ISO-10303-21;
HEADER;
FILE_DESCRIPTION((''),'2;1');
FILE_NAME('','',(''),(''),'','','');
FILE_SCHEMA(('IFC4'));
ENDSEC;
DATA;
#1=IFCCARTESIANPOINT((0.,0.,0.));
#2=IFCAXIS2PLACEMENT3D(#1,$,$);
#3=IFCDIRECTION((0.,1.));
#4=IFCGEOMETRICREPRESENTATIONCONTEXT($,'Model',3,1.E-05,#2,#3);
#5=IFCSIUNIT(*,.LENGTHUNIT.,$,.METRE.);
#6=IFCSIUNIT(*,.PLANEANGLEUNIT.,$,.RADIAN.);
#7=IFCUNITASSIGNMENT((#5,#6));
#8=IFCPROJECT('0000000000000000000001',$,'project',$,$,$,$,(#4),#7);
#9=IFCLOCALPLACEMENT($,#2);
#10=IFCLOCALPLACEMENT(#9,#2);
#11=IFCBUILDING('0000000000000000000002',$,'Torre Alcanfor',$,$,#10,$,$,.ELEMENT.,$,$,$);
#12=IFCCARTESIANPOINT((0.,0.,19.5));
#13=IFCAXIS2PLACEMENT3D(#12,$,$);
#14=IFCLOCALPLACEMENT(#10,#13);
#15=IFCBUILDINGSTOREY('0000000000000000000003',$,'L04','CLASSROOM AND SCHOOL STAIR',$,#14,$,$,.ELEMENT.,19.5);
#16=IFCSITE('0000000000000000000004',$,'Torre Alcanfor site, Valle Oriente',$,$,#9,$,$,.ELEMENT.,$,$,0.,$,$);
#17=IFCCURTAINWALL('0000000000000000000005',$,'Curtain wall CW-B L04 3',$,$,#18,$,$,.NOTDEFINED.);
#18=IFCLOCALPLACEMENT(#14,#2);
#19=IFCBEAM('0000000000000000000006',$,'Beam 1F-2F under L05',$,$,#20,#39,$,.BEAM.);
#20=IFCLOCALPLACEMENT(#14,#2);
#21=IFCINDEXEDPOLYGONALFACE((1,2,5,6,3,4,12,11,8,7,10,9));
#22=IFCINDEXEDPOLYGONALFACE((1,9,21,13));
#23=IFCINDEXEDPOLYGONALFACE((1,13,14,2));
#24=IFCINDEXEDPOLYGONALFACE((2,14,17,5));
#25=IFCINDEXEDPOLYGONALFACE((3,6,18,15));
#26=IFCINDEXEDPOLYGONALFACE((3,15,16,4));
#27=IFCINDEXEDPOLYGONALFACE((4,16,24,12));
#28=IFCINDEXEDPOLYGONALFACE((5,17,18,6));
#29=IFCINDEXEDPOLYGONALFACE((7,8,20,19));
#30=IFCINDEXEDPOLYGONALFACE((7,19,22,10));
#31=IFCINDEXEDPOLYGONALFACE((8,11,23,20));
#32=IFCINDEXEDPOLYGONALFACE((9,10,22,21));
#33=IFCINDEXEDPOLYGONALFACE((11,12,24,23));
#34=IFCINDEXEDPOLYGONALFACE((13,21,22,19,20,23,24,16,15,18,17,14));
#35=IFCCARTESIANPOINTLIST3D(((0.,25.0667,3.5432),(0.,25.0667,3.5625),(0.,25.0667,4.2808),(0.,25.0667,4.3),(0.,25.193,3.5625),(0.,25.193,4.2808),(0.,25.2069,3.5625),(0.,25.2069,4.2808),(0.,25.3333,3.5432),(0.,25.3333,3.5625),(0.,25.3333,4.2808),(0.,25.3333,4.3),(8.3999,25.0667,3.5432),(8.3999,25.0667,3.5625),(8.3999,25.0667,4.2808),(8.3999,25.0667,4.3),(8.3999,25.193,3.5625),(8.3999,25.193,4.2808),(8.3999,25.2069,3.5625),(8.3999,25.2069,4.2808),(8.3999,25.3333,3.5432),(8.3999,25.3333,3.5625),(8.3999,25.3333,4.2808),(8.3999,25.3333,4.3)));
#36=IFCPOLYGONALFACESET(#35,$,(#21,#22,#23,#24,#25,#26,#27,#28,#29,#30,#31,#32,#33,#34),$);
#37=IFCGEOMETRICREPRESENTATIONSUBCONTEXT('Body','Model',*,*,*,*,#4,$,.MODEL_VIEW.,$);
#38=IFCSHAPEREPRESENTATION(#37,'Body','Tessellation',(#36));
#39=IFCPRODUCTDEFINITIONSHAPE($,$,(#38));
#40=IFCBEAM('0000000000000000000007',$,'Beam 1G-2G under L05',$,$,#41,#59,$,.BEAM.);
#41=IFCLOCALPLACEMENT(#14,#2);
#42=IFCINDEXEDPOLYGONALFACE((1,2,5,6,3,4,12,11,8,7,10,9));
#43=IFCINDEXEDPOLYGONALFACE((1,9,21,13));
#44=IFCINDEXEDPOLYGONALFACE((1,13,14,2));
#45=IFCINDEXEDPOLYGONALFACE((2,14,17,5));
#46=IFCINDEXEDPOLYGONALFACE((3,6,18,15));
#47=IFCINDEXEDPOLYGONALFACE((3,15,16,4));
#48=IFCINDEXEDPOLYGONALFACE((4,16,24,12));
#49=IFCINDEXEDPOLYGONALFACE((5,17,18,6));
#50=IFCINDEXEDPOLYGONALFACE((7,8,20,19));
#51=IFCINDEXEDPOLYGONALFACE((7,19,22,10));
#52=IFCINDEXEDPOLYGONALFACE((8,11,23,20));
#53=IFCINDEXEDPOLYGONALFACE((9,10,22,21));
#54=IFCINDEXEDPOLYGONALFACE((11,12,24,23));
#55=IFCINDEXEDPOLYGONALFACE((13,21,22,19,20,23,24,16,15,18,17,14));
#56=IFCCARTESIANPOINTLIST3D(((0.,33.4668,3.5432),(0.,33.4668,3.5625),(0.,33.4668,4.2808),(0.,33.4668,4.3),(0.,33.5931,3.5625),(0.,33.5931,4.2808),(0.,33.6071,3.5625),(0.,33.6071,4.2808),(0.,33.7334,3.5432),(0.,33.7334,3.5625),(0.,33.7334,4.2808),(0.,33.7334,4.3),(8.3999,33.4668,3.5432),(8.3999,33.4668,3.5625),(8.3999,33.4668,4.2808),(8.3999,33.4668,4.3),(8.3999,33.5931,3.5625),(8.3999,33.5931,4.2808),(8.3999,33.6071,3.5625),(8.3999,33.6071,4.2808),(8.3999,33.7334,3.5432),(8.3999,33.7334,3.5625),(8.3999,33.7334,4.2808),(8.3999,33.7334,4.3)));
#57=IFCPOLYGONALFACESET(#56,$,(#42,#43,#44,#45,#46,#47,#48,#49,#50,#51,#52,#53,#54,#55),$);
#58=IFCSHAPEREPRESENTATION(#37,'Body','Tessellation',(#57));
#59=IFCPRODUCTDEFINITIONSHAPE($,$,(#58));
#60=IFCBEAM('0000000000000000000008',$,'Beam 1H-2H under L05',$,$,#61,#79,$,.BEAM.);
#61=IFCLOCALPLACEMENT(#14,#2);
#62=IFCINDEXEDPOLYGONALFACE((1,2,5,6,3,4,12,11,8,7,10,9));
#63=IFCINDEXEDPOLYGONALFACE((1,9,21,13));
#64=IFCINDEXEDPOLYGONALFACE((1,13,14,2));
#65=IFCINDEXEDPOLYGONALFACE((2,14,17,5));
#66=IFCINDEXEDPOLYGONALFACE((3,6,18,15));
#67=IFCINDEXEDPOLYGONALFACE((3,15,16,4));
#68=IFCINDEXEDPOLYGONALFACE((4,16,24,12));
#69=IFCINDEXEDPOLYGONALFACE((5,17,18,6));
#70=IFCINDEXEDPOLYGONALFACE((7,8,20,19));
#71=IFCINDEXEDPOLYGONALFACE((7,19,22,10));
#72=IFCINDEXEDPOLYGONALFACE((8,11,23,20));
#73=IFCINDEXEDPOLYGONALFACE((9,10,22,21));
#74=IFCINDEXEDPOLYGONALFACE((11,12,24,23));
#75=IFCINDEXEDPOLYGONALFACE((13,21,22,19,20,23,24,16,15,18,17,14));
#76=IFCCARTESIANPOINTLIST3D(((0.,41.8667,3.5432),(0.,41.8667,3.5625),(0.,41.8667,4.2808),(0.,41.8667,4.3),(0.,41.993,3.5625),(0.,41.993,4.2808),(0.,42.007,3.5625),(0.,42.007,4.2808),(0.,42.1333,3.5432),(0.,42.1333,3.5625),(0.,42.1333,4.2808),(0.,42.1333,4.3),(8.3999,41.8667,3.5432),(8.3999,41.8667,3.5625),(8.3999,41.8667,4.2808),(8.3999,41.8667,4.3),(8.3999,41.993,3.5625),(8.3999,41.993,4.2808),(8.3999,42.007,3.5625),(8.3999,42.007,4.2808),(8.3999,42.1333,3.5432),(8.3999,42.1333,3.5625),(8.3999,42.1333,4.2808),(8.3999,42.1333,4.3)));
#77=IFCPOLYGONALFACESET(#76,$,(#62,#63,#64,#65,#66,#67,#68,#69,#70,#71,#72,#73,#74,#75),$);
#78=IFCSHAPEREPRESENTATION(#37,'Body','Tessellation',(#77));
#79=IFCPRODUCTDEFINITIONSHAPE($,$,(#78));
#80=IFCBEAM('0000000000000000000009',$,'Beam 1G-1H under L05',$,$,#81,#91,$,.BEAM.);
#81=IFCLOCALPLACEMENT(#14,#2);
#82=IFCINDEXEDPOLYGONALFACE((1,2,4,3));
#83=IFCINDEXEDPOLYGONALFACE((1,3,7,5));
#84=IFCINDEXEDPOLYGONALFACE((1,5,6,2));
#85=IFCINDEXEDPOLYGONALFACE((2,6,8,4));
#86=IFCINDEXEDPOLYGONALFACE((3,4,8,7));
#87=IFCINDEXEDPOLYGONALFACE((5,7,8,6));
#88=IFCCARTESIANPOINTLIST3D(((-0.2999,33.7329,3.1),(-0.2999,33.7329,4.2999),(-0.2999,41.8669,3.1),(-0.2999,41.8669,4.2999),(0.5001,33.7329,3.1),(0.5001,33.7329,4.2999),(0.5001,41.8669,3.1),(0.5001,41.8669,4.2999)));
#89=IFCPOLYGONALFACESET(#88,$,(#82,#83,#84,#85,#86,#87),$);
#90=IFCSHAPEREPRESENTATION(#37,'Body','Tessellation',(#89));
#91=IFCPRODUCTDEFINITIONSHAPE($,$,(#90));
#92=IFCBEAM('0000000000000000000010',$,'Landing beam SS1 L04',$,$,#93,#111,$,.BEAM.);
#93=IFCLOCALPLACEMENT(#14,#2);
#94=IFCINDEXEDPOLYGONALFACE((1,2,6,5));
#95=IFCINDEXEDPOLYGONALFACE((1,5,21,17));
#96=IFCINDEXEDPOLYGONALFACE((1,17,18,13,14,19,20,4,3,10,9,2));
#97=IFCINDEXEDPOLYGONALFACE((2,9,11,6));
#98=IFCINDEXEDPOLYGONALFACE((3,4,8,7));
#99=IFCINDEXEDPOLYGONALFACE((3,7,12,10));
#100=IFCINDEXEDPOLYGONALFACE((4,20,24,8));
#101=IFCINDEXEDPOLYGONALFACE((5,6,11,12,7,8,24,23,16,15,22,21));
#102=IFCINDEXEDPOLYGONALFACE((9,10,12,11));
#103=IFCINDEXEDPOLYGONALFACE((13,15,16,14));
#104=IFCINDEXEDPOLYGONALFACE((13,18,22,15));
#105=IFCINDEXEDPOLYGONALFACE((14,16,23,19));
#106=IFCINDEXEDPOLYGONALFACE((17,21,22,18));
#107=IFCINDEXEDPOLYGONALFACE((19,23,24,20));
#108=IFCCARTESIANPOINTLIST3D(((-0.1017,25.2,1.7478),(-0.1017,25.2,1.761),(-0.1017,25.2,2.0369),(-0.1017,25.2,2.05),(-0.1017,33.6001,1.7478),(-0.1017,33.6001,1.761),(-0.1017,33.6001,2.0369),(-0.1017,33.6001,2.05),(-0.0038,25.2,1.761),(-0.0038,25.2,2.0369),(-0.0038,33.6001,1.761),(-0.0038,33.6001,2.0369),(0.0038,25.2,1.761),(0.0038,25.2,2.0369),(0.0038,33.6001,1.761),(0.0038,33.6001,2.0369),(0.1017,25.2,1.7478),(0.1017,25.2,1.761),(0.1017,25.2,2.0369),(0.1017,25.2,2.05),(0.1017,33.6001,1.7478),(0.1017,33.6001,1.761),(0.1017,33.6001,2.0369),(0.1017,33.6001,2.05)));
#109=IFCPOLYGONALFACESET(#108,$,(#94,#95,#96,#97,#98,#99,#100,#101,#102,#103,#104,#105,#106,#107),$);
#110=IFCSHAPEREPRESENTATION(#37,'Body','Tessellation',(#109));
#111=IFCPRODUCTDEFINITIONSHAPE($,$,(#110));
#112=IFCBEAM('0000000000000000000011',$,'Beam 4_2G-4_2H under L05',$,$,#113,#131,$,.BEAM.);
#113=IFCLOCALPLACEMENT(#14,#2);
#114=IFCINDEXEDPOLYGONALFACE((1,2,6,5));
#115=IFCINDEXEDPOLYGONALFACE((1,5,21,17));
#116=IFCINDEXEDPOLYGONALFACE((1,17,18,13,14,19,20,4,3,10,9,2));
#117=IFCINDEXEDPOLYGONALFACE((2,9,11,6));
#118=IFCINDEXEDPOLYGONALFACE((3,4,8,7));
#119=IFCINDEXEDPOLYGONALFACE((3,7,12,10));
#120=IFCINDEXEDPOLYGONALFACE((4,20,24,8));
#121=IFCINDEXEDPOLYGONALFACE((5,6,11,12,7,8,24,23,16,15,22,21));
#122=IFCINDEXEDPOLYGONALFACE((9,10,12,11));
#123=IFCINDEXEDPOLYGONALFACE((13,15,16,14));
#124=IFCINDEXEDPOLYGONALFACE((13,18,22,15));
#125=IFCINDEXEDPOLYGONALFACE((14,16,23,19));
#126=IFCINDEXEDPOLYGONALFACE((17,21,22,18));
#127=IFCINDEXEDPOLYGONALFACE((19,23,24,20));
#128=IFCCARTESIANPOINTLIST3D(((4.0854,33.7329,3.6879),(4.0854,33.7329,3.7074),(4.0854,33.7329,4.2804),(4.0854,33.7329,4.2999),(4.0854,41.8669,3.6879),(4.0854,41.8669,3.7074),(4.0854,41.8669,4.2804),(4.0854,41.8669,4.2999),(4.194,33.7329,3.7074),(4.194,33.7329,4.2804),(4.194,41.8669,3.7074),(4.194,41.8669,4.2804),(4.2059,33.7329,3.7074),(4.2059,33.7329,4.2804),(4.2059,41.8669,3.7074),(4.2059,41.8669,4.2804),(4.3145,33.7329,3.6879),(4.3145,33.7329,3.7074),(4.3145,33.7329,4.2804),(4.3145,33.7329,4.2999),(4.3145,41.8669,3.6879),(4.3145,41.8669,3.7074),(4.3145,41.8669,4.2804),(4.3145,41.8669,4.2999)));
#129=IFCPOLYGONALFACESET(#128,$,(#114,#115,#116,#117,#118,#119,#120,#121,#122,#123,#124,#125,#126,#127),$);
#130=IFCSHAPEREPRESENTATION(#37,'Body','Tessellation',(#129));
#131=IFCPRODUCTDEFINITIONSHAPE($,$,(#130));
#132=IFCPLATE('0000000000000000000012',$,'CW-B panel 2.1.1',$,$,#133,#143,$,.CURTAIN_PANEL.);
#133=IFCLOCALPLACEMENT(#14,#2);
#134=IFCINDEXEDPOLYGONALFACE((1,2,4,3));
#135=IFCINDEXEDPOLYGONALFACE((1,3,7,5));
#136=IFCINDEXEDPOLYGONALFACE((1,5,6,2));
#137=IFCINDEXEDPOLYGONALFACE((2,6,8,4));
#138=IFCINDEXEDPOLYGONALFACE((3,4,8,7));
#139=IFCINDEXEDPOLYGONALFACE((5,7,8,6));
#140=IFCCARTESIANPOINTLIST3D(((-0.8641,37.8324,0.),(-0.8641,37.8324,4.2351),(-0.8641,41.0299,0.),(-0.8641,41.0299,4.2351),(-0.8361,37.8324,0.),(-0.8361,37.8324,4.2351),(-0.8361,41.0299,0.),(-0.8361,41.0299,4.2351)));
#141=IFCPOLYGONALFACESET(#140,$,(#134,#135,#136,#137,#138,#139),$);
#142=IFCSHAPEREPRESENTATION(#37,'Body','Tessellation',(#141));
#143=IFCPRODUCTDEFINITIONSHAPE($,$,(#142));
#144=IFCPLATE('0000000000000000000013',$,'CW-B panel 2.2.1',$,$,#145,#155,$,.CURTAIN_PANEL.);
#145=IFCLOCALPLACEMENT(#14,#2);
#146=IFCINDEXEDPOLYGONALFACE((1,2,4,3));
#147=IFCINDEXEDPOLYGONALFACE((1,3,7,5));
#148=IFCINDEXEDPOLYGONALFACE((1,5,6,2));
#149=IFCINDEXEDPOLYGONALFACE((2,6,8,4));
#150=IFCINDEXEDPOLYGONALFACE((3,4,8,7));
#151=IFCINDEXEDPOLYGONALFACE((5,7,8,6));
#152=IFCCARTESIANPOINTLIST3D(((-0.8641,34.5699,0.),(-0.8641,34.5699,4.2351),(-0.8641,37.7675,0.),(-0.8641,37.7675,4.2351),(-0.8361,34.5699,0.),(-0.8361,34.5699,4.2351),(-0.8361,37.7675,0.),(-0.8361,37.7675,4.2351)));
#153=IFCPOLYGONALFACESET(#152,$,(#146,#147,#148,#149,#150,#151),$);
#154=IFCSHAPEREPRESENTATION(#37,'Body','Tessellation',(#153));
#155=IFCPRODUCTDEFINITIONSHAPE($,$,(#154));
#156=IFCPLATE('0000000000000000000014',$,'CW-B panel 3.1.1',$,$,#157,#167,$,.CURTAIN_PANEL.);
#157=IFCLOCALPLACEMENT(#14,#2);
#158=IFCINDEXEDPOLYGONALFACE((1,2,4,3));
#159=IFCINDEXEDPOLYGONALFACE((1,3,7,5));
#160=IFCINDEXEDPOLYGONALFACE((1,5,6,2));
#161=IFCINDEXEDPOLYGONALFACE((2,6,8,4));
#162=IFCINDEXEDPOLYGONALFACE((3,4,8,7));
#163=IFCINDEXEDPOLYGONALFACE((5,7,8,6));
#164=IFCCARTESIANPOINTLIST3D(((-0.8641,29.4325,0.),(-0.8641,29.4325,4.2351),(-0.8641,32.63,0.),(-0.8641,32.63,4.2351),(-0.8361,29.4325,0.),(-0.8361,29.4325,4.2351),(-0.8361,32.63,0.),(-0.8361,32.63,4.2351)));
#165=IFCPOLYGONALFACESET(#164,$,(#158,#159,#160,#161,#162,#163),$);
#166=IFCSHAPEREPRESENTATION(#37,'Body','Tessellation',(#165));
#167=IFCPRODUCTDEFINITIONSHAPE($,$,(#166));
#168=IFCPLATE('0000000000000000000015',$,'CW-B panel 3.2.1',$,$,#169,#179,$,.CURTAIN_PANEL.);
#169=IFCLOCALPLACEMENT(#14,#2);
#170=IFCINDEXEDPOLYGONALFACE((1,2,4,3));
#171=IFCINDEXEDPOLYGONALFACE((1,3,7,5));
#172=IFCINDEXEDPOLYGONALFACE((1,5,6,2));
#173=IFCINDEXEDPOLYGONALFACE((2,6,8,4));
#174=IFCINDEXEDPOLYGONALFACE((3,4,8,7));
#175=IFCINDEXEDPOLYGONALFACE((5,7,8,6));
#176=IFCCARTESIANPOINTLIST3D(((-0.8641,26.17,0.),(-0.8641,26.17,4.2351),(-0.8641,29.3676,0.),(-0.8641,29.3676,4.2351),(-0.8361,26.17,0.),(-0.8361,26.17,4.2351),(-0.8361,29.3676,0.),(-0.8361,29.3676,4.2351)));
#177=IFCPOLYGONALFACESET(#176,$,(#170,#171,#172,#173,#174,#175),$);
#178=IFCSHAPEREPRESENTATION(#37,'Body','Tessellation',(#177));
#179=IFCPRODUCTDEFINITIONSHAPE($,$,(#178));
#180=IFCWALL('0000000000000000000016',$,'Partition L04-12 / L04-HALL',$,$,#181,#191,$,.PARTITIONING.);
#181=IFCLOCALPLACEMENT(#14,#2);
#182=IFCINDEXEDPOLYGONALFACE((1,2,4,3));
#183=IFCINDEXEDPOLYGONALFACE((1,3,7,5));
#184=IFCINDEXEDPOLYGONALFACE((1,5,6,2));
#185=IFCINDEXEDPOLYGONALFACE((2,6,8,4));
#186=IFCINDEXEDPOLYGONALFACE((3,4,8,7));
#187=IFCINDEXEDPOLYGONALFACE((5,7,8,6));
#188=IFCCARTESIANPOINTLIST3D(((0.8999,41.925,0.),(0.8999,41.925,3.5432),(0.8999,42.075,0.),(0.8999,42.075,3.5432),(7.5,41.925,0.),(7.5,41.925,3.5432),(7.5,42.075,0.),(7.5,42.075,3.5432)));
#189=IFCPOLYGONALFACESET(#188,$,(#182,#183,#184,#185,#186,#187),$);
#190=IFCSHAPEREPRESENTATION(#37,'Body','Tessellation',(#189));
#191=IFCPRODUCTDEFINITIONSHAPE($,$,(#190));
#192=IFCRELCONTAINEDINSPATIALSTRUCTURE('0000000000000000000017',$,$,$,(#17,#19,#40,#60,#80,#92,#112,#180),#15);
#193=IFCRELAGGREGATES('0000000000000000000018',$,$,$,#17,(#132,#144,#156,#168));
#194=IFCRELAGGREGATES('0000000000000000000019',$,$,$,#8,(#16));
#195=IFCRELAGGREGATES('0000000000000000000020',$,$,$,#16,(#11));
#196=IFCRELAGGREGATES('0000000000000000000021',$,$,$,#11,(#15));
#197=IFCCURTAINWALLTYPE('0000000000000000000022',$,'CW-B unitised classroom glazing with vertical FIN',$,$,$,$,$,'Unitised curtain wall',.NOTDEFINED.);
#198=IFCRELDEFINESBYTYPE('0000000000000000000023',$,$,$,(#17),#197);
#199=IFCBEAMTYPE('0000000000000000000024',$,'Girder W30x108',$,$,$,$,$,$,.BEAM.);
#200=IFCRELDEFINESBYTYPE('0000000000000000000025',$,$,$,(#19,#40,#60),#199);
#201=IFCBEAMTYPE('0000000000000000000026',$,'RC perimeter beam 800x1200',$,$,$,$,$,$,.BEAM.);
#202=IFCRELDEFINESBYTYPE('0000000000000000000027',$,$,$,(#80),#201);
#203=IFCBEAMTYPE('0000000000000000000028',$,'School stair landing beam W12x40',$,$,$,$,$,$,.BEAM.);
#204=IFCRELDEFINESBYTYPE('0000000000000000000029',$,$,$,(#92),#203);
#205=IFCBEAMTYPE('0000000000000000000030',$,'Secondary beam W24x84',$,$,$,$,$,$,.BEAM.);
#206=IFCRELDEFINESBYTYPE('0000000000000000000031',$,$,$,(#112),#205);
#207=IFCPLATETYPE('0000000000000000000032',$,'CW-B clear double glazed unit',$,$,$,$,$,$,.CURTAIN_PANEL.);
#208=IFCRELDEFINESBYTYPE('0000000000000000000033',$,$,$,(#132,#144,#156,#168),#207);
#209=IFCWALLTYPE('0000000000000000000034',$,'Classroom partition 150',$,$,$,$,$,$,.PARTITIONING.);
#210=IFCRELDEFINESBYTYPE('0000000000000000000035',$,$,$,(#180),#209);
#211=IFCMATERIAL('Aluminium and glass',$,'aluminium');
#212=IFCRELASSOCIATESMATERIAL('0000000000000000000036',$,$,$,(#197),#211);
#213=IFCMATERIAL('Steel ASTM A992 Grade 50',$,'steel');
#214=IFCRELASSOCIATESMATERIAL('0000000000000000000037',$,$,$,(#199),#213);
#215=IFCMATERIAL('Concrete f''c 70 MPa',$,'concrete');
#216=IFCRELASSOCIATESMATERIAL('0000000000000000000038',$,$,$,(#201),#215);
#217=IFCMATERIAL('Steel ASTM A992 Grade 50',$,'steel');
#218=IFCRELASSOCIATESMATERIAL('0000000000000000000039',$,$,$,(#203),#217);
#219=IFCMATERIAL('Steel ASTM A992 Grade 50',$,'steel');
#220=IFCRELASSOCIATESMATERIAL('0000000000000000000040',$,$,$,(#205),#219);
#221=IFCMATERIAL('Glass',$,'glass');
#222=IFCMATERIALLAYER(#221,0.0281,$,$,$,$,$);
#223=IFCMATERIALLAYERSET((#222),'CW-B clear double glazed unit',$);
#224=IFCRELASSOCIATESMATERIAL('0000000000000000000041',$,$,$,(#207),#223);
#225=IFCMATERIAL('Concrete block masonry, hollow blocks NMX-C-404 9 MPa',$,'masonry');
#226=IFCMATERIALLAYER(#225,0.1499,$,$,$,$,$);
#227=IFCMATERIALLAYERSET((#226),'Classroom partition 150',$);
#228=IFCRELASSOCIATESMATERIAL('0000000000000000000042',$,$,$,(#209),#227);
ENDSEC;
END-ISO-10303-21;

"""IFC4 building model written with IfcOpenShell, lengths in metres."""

from ifc_helpers import new_model, si_unit, direction, frame, frame_2d, origin, origin_2d, place, context, subcontext, project, spatial, rectangle, i_section, extrude, material, layer, layer_set, material_profile, profile_set, type_object, element, aggregate, save


model = new_model("IFC4")

# Units and contexts
model_context = context("Model", 3, precision=1e-05, world=origin(), true_north=direction((0.0, 1.0)))
body_context = subcontext(model_context, "Body", "Model", "MODEL_VIEW")
ifc_project = project(units=[si_unit("LENGTHUNIT", "METRE"), si_unit("PLANEANGLEUNIT", "RADIAN")], contexts=[model_context])

# Site, building, storey
site_placement = place(None, origin())
site = spatial("IfcSite", under=ifc_project, at=site_placement, Name="Torre Alcanfor site, Valle Oriente", CompositionType="ELEMENT", RefElevation=0.0)
building_placement = place(site_placement, origin())
building = spatial("IfcBuilding", under=site, at=building_placement, Name="Torre Alcanfor", CompositionType="ELEMENT")
storey_placement = place(building_placement, frame((0.0, 0.0, 19.5)))
storey = spatial("IfcBuildingStorey", under=building, at=storey_placement, Name="L04", Description="CLASSROOM AND SCHOOL STAIR", CompositionType="ELEMENT", Elevation=19.5)

# Curtain wall
ifc_material_1 = material(Name="Aluminium and glass", Category="aluminium")
curtain_wall_type = type_object("IfcCurtainWallType", Name="CW-B unitised classroom glazing with vertical FIN", ElementType="Unitised curtain wall", PredefinedType="NOTDEFINED", material=ifc_material_1)
curtain_wall_placement = place(storey_placement, origin())
curtain_wall = element("IfcCurtainWall", 1, at=curtain_wall_placement, inside=storey, type_object=curtain_wall_type, Name="Curtain wall CW-B L04 3", PredefinedType="NOTDEFINED")

# Beams
ifc_material_2 = material(Name="Steel ASTM A992 Grade 50", Category="steel")
ifc_material_profile_1 = material_profile(ifc_material_2, i_section(OverallWidth=0.2666, OverallDepth=0.7568, WebThickness=0.0139, FlangeThickness=0.0193, at=origin_2d()), Name="W30x108")
ifc_profile_set_1 = profile_set([ifc_material_profile_1], Name="Steel ASTM A992 Grade 50")
beam_type_1 = type_object("IfcBeamType", Name="Girder W30x108", PredefinedType="BEAM", material=ifc_profile_set_1)
for number, where, z_axis, x_axis, name in (
    (2, (0.0, 25.2, 3.9216), (1.0, 0.0, 0.0), (0.0, 1.0, 0.0), "Beam 1F-2F under L05"),
    (3, (0.0, 33.6001, 3.9216), (1.0, 0.0, 0.0), (0.0, 1.0, 0.0), "Beam 1G-2G under L05"),
    (4, (0.0, 42.0, 3.9216), (1.0, 0.0, 0.0), (0.0, 1.0, 0.0), "Beam 1H-2H under L05"),
):
    element("IfcBeam", number, at=place(storey_placement, frame(where, z_axis=z_axis, x_axis=x_axis)), inside=storey, type_object=beam_type_1, Name=name, PredefinedType="BEAM", context=body_context, shape_type="SweptSolid", body=[
        extrude(i_section(OverallWidth=0.2666, OverallDepth=0.7568, WebThickness=0.0139, FlangeThickness=0.0193, at=origin_2d()), origin(), (0.0, 0.0, 1.0), 8.3999),
    ])
ifc_material_3 = material(Name="Concrete f'c 70 MPa", Category="concrete")
ifc_material_profile_2 = material_profile(ifc_material_3, rectangle(XDim=0.8, YDim=1.2, at=origin_2d()), Name="800x1200")
ifc_profile_set_2 = profile_set([ifc_material_profile_2], Name="Concrete f'c 70 MPa")
beam_type_2 = type_object("IfcBeamType", Name="RC perimeter beam 800x1200", PredefinedType="BEAM", material=ifc_profile_set_2)
beam_1_placement = place(storey_placement, frame((0.1001, 33.7329, 3.7), z_axis=(0.0, 1.0, 0.0), x_axis=(-1.0, 0.0, 0.0)))
element("IfcBeam", 5, at=beam_1_placement, inside=storey, type_object=beam_type_2, Name="Beam 1G-1H under L05", PredefinedType="BEAM", context=body_context, shape_type="SweptSolid", body=[
    extrude(rectangle(XDim=0.8, YDim=1.2, at=origin_2d()), origin(), (0.0, 0.0, 1.0), 8.134),
])
ifc_material_4 = material(Name="Steel ASTM A992 Grade 50", Category="steel")
ifc_material_profile_3 = material_profile(ifc_material_4, i_section(OverallWidth=0.2034, OverallDepth=0.3022, WebThickness=0.0076, FlangeThickness=0.0132, at=origin_2d()), Name="W12x40")
ifc_profile_set_3 = profile_set([ifc_material_profile_3], Name="Steel ASTM A992 Grade 50")
beam_type_3 = type_object("IfcBeamType", Name="School stair landing beam W12x40", PredefinedType="BEAM", material=ifc_profile_set_3)
beam_2_placement = place(storey_placement, frame((0.0, 25.2, 1.8989), z_axis=(0.0, 1.0, 0.0), x_axis=(-1.0, 0.0, 0.0)))
element("IfcBeam", 6, at=beam_2_placement, inside=storey, type_object=beam_type_3, Name="Landing beam SS1 L04", PredefinedType="BEAM", context=body_context, shape_type="SweptSolid", body=[
    extrude(i_section(OverallWidth=0.2034, OverallDepth=0.3022, WebThickness=0.0076, FlangeThickness=0.0132, at=origin_2d()), origin(), (0.0, 0.0, 1.0), 8.4001),
])
ifc_material_5 = material(Name="Steel ASTM A992 Grade 50", Category="steel")
ifc_material_profile_4 = material_profile(ifc_material_5, i_section(OverallWidth=0.229, OverallDepth=0.6121, WebThickness=0.012, FlangeThickness=0.0195, at=origin_2d()), Name="W24x84")
ifc_profile_set_4 = profile_set([ifc_material_profile_4], Name="Steel ASTM A992 Grade 50")
beam_type_4 = type_object("IfcBeamType", Name="Secondary beam W24x84", PredefinedType="BEAM", material=ifc_profile_set_4)
beam_3_placement = place(storey_placement, frame((4.2, 33.7329, 3.9939), z_axis=(0.0, 1.0, 0.0), x_axis=(-1.0, 0.0, 0.0)))
element("IfcBeam", 7, at=beam_3_placement, inside=storey, type_object=beam_type_4, Name="Beam 4_2G-4_2H under L05", PredefinedType="BEAM", context=body_context, shape_type="SweptSolid", body=[
    extrude(i_section(OverallWidth=0.229, OverallDepth=0.6121, WebThickness=0.012, FlangeThickness=0.0195, at=origin_2d()), origin(), (0.0, 0.0, 1.0), 8.134),
])

# Plates
ifc_material_6 = material(Name="Glass", Category="glass")
ifc_layer_1 = layer(ifc_material_6, 0.0281)
ifc_layer_set_1 = layer_set([ifc_layer_1], Name="CW-B clear double glazed unit")
plate_type = type_object("IfcPlateType", Name="CW-B clear double glazed unit", PredefinedType="CURTAIN_PANEL", material=ifc_layer_set_1)
plate_1_placement = place(storey_placement, frame((-0.8501, 39.4312, 0.0), z_axis=(0.0, 0.0, 1.0), x_axis=(0.0, -1.0, 0.0)))
plate_1 = element("IfcPlate", 8, at=plate_1_placement, type_object=plate_type, Name="CW-B panel 2.1.1", PredefinedType="CURTAIN_PANEL", context=body_context, shape_type="SweptSolid", body=[
    extrude(rectangle(XDim=3.1975, YDim=0.0281, at=origin_2d()), origin(), (0.0, 0.0, 1.0), 4.2351),
])
plate_2_placement = place(storey_placement, frame((-0.8501, 36.1687, 0.0), z_axis=(0.0, 0.0, 1.0), x_axis=(0.0, -1.0, 0.0)))
plate_2 = element("IfcPlate", 9, at=plate_2_placement, type_object=plate_type, Name="CW-B panel 2.2.1", PredefinedType="CURTAIN_PANEL", context=body_context, shape_type="SweptSolid", body=[
    extrude(rectangle(XDim=3.1975, YDim=0.0281, at=origin_2d()), origin(), (0.0, 0.0, 1.0), 4.2351),
])
plate_3_placement = place(storey_placement, frame((-0.8501, 31.0312, 0.0), z_axis=(0.0, 0.0, 1.0), x_axis=(0.0, -1.0, 0.0)))
plate_3 = element("IfcPlate", 10, at=plate_3_placement, type_object=plate_type, Name="CW-B panel 3.1.1", PredefinedType="CURTAIN_PANEL", context=body_context, shape_type="SweptSolid", body=[
    extrude(rectangle(XDim=3.1975, YDim=0.0281, at=origin_2d()), origin(), (0.0, 0.0, 1.0), 4.2351),
])
plate_4_placement = place(storey_placement, frame((-0.8501, 27.7688, 0.0), z_axis=(0.0, 0.0, 1.0), x_axis=(0.0, -1.0, 0.0)))
plate_4 = element("IfcPlate", 11, at=plate_4_placement, type_object=plate_type, Name="CW-B panel 3.2.1", PredefinedType="CURTAIN_PANEL", context=body_context, shape_type="SweptSolid", body=[
    extrude(rectangle(XDim=3.1975, YDim=0.0281, at=origin_2d()), origin(), (0.0, 0.0, 1.0), 4.2351),
])
aggregate(curtain_wall, [plate_1, plate_2, plate_3, plate_4])

# Wall
ifc_material_7 = material(Name="Concrete block masonry, hollow blocks NMX-C-404 9 MPa", Category="masonry")
ifc_layer_2 = layer(ifc_material_7, 0.1499)
ifc_layer_set_2 = layer_set([ifc_layer_2], Name="Classroom partition 150")
wall_type_1 = type_object("IfcWallType", Name="Classroom partition 150", PredefinedType="PARTITIONING", material=ifc_layer_set_2)
wall_1_placement = place(storey_placement, frame((0.8999, 42.0, 0.0), z_axis=(0.0, 0.0, 1.0), x_axis=(1.0, 0.0, 0.0)))
element("IfcWall", 12, at=wall_1_placement, inside=storey, type_object=wall_type_1, Name="Partition L04-12 / L04-HALL", PredefinedType="PARTITIONING", context=body_context, shape_type="SweptSolid", body=[
    extrude(rectangle(XDim=6.6001, YDim=0.1499, at=frame_2d((3.3, 0.0))), origin(), (0.0, 0.0, 1.0), 3.5432),
])

save(model, "model.ifc")
